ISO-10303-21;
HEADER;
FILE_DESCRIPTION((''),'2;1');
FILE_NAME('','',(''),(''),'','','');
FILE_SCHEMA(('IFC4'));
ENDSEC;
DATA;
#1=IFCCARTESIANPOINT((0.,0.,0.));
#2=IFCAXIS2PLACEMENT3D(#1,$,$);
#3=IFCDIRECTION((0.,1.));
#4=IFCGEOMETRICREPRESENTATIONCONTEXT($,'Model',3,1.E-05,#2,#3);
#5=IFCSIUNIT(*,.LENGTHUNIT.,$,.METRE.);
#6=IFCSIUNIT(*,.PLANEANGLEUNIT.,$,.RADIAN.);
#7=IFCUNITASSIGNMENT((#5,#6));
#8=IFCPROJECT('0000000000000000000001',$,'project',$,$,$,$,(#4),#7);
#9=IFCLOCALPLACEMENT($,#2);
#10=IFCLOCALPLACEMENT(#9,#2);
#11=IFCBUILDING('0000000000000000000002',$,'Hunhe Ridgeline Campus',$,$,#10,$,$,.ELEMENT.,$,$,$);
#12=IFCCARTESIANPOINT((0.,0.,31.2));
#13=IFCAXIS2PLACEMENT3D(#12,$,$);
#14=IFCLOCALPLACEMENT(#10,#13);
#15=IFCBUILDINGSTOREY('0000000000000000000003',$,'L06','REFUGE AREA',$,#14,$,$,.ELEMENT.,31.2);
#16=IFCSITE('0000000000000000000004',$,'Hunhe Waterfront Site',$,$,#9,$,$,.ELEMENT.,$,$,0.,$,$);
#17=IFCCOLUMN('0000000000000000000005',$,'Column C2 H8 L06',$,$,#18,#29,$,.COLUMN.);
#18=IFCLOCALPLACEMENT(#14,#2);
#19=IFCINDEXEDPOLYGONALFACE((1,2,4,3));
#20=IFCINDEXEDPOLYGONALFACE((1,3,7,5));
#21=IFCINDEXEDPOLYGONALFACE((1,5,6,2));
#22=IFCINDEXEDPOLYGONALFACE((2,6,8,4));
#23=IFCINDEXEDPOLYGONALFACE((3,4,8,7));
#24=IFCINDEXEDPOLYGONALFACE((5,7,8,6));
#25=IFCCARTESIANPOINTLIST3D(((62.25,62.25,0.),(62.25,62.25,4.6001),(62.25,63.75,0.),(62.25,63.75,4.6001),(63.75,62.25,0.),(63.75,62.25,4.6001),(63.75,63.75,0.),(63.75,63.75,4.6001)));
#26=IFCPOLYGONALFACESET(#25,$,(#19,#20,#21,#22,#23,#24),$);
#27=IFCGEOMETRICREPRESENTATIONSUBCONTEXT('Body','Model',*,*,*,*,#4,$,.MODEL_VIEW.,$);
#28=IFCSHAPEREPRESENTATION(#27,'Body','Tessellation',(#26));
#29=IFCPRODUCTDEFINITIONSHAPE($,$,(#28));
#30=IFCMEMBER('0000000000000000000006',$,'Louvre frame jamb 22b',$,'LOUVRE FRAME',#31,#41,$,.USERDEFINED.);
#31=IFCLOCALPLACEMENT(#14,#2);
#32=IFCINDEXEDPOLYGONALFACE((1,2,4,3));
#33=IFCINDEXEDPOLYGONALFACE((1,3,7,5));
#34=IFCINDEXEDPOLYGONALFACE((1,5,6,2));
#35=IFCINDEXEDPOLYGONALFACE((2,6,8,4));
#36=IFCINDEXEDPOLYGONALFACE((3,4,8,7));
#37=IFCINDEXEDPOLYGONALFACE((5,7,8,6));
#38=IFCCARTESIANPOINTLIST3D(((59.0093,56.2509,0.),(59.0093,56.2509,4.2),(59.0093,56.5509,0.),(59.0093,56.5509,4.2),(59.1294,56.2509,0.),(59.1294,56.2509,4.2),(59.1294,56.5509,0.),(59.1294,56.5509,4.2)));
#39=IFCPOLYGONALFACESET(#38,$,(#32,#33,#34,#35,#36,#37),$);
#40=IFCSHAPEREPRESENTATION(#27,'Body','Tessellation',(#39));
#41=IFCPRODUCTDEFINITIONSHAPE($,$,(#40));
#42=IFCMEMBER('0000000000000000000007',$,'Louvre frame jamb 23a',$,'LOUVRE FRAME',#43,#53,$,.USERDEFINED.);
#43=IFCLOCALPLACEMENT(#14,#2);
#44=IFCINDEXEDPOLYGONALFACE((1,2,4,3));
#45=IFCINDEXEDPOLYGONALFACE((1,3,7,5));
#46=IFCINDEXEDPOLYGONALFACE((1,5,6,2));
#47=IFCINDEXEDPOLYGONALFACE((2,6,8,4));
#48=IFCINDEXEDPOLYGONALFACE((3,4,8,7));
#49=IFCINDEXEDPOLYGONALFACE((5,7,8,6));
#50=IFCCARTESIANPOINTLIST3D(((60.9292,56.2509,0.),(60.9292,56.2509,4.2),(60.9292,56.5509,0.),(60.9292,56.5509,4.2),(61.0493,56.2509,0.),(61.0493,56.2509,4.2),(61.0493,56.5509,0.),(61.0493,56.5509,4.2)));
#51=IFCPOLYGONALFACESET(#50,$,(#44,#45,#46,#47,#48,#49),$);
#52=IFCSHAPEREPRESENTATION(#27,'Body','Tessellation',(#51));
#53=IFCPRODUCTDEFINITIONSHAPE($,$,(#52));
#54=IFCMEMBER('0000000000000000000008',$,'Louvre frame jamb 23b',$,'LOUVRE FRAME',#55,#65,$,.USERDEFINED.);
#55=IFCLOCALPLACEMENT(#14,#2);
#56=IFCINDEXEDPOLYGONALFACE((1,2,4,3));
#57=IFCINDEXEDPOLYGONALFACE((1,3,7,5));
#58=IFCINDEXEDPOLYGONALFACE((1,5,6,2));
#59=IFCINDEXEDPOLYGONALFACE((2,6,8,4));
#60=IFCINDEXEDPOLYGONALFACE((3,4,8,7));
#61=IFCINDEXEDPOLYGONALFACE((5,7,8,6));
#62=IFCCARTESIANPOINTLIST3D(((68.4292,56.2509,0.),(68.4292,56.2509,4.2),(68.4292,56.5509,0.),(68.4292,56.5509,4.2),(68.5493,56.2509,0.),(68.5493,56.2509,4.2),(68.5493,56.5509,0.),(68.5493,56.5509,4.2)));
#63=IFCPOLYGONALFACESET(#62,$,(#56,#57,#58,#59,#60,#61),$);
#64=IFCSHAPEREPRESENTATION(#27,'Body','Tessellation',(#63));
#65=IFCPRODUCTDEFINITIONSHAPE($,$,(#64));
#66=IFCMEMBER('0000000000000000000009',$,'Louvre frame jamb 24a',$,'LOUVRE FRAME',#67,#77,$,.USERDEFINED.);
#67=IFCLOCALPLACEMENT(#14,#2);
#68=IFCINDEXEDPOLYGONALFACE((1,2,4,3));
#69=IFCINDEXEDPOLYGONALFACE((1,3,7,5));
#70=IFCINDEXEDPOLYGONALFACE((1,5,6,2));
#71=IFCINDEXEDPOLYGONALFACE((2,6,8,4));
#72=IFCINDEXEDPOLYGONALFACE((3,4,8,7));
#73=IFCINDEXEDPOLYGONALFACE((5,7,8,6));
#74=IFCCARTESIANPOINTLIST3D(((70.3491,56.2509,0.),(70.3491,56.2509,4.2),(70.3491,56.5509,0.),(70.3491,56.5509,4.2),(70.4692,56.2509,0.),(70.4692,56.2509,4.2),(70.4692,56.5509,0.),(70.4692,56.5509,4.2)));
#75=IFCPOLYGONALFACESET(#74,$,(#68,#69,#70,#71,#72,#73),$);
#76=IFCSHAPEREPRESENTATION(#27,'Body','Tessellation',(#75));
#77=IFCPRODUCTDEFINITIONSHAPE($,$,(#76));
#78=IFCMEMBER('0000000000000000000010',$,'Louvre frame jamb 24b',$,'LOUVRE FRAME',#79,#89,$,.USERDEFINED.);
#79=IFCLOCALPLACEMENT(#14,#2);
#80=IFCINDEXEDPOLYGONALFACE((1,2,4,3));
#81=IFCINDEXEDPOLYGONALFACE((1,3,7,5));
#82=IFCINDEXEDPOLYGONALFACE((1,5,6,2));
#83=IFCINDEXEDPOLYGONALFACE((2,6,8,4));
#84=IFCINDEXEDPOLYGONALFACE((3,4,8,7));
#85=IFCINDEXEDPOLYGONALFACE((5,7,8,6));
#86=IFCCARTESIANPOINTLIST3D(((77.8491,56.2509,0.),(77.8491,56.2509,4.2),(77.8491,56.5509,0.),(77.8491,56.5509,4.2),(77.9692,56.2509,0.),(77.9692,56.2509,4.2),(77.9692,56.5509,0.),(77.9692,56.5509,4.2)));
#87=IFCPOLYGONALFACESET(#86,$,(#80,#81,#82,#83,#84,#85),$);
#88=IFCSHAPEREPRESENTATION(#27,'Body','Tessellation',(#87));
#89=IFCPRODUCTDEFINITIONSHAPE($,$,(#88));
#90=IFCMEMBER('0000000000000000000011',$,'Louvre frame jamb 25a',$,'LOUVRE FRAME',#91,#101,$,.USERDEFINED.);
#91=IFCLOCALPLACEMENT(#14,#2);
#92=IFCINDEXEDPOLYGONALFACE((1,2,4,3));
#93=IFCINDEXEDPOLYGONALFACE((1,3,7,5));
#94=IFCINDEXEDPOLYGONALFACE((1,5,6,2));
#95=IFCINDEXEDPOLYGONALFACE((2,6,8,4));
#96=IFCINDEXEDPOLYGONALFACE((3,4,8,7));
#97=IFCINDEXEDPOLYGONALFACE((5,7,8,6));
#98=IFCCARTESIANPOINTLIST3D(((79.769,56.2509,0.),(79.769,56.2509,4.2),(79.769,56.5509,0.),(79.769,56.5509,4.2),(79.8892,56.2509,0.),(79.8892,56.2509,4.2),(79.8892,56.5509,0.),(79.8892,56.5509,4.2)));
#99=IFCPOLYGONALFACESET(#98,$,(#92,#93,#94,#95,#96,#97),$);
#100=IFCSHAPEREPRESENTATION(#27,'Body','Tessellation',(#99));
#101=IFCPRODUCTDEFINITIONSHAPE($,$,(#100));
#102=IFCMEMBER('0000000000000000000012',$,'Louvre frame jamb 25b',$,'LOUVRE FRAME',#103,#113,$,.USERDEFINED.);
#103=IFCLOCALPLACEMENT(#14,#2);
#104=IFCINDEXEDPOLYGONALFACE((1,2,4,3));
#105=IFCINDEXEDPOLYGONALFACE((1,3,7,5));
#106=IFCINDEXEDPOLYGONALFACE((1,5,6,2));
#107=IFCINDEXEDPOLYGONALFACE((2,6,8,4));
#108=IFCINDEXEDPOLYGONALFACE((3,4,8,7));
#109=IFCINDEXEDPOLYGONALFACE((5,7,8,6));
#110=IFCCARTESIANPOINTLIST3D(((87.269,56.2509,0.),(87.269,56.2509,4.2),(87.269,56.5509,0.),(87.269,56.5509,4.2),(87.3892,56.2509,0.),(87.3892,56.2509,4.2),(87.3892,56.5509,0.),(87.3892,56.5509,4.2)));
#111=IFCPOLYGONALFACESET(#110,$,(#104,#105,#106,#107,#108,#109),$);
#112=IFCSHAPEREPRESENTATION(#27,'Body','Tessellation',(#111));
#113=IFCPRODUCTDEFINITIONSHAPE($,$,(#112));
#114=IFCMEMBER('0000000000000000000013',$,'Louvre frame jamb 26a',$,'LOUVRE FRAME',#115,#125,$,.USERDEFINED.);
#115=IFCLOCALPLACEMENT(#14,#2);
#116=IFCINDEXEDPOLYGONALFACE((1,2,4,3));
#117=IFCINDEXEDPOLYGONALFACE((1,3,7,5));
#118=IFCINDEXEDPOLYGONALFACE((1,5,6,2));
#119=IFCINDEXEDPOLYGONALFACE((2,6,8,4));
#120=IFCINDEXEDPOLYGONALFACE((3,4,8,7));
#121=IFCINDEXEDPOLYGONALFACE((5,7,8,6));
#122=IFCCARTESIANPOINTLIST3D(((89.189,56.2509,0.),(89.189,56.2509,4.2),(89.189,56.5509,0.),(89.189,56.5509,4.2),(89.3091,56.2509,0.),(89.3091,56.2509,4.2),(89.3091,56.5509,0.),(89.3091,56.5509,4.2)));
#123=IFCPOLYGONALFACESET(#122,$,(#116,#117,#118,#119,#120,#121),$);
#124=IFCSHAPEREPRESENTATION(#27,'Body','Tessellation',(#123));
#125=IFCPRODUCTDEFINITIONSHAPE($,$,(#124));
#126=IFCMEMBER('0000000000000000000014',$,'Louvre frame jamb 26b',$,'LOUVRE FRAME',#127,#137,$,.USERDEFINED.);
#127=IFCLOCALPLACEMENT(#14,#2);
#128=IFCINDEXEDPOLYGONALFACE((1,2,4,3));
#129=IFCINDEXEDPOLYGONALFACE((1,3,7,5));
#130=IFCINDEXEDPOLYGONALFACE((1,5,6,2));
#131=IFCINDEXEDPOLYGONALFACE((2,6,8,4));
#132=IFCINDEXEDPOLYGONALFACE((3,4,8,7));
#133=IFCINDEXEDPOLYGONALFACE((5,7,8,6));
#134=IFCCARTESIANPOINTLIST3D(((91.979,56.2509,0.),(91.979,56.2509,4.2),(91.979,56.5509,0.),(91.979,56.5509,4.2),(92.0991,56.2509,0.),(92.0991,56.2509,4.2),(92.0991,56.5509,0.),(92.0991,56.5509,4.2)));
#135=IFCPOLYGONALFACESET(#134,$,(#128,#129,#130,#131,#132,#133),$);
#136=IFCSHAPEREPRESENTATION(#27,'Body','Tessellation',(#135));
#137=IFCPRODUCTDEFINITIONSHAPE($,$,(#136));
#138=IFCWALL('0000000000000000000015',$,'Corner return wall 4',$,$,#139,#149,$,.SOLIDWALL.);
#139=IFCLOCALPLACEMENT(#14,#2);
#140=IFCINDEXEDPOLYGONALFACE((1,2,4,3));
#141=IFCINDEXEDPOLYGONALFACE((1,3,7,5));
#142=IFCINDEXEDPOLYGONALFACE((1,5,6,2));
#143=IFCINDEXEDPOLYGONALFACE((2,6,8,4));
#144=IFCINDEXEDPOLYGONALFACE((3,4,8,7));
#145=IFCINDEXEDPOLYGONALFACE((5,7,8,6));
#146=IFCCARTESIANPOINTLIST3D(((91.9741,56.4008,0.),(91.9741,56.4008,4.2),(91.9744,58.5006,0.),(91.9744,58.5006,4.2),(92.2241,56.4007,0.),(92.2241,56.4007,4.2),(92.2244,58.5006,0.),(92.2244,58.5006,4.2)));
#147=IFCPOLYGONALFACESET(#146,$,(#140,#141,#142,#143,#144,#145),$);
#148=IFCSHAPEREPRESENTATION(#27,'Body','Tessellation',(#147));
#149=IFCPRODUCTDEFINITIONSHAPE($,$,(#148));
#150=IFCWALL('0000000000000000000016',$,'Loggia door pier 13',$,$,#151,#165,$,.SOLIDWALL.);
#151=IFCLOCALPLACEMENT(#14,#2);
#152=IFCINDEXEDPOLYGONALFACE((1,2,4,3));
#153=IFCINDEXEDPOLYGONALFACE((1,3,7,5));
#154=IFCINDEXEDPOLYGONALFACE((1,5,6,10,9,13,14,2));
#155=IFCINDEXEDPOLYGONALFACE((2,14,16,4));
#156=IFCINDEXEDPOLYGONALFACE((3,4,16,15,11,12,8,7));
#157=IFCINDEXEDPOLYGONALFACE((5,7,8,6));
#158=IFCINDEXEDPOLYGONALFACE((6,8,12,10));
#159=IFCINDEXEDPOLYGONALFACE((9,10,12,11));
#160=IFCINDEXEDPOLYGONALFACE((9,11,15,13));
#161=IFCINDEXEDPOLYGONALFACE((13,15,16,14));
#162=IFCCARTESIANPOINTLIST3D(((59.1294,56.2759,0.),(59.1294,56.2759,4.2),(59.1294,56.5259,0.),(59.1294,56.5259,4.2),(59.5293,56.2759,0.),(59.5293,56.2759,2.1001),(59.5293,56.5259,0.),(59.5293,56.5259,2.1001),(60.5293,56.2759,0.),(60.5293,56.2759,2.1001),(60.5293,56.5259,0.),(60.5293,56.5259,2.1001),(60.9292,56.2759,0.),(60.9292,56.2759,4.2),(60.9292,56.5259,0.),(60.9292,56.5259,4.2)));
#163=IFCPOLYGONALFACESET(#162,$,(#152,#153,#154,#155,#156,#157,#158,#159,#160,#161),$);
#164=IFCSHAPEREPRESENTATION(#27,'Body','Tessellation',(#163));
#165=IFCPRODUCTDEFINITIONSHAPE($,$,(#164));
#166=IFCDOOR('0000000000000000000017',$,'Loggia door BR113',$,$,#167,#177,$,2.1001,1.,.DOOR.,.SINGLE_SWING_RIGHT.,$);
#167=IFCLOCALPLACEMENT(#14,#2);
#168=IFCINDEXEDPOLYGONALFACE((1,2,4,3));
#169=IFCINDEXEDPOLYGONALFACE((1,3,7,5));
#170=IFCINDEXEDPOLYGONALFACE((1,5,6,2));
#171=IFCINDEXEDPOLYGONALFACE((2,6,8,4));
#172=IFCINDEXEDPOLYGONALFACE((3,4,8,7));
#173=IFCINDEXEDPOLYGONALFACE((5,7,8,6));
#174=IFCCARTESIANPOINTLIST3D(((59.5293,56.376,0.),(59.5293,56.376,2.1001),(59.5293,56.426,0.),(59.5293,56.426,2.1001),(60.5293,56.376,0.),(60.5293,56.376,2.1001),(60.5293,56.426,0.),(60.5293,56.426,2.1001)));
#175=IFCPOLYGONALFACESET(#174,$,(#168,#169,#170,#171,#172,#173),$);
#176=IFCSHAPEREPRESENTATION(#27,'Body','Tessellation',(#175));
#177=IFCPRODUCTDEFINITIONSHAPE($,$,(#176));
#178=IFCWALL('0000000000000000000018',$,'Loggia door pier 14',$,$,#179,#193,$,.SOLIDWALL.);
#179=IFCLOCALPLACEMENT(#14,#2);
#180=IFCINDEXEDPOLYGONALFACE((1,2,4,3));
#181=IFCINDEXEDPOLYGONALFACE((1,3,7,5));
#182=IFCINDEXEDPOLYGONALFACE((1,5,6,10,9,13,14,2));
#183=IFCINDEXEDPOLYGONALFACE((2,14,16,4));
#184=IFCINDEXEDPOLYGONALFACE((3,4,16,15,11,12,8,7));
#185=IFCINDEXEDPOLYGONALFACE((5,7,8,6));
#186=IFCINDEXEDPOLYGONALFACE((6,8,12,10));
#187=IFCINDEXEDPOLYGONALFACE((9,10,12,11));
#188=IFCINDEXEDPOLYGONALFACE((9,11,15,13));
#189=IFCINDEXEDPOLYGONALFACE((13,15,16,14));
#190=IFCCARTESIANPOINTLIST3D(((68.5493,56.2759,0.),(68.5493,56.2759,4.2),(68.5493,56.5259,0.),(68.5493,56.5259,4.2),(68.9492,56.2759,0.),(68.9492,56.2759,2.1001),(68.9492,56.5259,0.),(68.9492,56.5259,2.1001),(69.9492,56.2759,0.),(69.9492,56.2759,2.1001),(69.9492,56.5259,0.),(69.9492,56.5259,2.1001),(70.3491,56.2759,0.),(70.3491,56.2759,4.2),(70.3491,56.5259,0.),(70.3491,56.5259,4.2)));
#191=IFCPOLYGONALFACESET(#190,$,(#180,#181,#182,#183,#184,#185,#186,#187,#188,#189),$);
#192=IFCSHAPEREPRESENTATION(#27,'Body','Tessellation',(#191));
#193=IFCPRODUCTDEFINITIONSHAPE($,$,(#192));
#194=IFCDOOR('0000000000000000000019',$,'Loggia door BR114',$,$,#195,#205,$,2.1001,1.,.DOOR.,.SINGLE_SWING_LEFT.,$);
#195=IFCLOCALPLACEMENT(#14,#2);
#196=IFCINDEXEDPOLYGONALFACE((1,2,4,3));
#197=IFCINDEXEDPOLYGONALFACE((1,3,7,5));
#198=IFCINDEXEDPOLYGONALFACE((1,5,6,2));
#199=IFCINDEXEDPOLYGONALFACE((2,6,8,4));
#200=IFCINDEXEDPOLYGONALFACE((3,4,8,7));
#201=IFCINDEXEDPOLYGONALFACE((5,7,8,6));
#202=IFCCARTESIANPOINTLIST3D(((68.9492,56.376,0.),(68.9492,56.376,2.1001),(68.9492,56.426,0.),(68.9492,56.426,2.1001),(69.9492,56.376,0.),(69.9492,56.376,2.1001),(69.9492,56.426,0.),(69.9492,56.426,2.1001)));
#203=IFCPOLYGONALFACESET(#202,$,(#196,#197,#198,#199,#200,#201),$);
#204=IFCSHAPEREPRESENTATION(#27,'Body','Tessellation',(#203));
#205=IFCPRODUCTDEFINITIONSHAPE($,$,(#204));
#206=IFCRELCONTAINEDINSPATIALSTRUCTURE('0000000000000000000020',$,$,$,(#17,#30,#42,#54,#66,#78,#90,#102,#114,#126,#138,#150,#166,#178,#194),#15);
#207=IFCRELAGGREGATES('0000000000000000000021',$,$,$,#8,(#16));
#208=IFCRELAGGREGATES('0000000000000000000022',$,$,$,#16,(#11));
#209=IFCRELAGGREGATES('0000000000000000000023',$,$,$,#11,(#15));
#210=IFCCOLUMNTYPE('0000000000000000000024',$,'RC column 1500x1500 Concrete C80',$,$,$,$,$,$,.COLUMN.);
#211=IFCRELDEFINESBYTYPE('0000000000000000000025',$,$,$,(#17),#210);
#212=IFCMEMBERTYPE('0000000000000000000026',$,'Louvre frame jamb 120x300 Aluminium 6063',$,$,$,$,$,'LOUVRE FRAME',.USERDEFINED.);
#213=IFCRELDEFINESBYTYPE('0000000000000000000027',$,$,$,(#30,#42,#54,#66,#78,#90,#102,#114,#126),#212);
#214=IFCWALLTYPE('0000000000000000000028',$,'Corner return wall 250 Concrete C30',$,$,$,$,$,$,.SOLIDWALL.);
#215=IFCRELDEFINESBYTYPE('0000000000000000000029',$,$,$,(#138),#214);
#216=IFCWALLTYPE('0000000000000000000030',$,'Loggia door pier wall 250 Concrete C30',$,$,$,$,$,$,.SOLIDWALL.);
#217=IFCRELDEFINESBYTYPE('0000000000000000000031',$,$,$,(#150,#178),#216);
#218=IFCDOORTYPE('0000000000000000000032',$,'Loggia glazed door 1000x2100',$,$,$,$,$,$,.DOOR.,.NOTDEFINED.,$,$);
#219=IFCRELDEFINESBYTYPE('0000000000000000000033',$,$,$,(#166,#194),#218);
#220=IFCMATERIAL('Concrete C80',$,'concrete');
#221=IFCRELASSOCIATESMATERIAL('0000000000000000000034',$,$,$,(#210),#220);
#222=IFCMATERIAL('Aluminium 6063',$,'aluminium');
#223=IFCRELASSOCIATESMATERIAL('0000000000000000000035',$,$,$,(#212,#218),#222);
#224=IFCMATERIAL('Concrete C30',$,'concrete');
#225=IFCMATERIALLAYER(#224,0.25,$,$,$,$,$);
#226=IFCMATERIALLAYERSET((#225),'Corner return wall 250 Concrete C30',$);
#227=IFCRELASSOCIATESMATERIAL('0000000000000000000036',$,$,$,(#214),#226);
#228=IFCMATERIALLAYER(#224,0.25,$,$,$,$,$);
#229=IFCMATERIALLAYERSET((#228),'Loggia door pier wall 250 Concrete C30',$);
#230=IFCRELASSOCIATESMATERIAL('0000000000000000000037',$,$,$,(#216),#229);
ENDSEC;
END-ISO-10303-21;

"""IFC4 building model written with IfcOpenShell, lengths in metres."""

from ifc_helpers import new_model, si_unit, direction, frame, frame_2d, origin, origin_2d, place, context, subcontext, project, spatial, rectangle, extrude, material, layer, layer_set, material_profile, profile_set, type_object, element, fill, save


model = new_model("IFC4")

# Units and contexts
model_context = context("Model", 3, precision=1e-05, world=origin(), true_north=direction((0.0, 1.0)))
body_context = subcontext(model_context, "Body", "Model", "MODEL_VIEW")
ifc_project = project(units=[si_unit("LENGTHUNIT", "METRE"), si_unit("PLANEANGLEUNIT", "RADIAN")], contexts=[model_context])

# Site, building, storey
site_placement = place(None, origin())
site = spatial("IfcSite", under=ifc_project, at=site_placement, Name="Hunhe Waterfront Site", CompositionType="ELEMENT", RefElevation=0.0)
building_placement = place(site_placement, origin())
building = spatial("IfcBuilding", under=site, at=building_placement, Name="Hunhe Ridgeline Campus", CompositionType="ELEMENT")
storey_placement = place(building_placement, frame((0.0, 0.0, 31.2)))
storey = spatial("IfcBuildingStorey", under=building, at=storey_placement, Name="L06", Description="REFUGE AREA", CompositionType="ELEMENT", Elevation=31.2)

# Column
ifc_material_1 = material(Name="Concrete C80", Category="concrete")
ifc_material_profile_1 = material_profile(ifc_material_1, rectangle(XDim=1.5, YDim=1.5, at=origin_2d()))
ifc_profile_set_1 = profile_set([ifc_material_profile_1], Name="Concrete C80")
column_type = type_object("IfcColumnType", Name="RC column 1500x1500 Concrete C80", PredefinedType="COLUMN", material=ifc_profile_set_1)
column_placement = place(storey_placement, frame((63.0, 63.0, 0.0), z_axis=(0.0, 0.0, 1.0), x_axis=(1.0, 0.0, 0.0)))
element("IfcColumn", 1, at=column_placement, inside=storey, type_object=column_type, Name="Column C2 H8 L06", PredefinedType="COLUMN", context=body_context, shape_type="SweptSolid", body=[
    extrude(rectangle(XDim=1.5, YDim=1.5, at=origin_2d()), origin(), (0.0, 0.0, 1.0), 4.6001),
])

# Members
ifc_material_2 = material(Name="Aluminium 6063", Category="aluminium")
ifc_material_profile_2 = material_profile(ifc_material_2, rectangle(XDim=0.3, YDim=0.1201, at=origin_2d()))
ifc_profile_set_2 = profile_set([ifc_material_profile_2], Name="Aluminium 6063")
member_type = type_object("IfcMemberType", Name="Louvre frame jamb 120x300 Aluminium 6063", ElementType="LOUVRE FRAME", PredefinedType="USERDEFINED", material=ifc_profile_set_2)
for number, where, z_axis, x_axis, name in (
    (2, (59.0693, 56.4009, 0.0), (0.0, 0.0, 1.0), (-0.000004, 1.0, 0.0), "Louvre frame jamb 22b"),
    (3, (60.9893, 56.4009, 0.0), (0.0, 0.0, 1.0), (-0.000004, 1.0, 0.0), "Louvre frame jamb 23a"),
    (4, (68.4893, 56.4009, 0.0), (0.0, 0.0, 1.0), (-0.000004, 1.0, 0.0), "Louvre frame jamb 23b"),
    (5, (70.4092, 56.4009, 0.0), (0.0, 0.0, 1.0), (-0.000004, 1.0, 0.0), "Louvre frame jamb 24a"),
    (6, (77.9092, 56.4009, 0.0), (0.0, 0.0, 1.0), (-0.000004, 1.0, 0.0), "Louvre frame jamb 24b"),
    (7, (79.8291, 56.4009, 0.0), (0.0, 0.0, 1.0), (-0.000004, 1.0, 0.0), "Louvre frame jamb 25a"),
    (8, (87.3291, 56.4009, 0.0), (0.0, 0.0, 1.0), (-0.000004, 1.0, 0.0), "Louvre frame jamb 25b"),
    (9, (89.249, 56.4009, 0.0), (0.0, 0.0, 1.0), (-0.000003, 1.0, 0.0), "Louvre frame jamb 26a"),
    (10, (92.0391, 56.4009, 0.0), (0.0, 0.0, 1.0), (-0.000003, 1.0, 0.0), "Louvre frame jamb 26b"),
):
    element("IfcMember", number, at=place(storey_placement, frame(where, z_axis=z_axis, x_axis=x_axis)), inside=storey, type_object=member_type, Name=name, ObjectType="LOUVRE FRAME", PredefinedType="USERDEFINED", context=body_context, shape_type="SweptSolid", body=[
        extrude(rectangle(XDim=0.3, YDim=0.1201, at=origin_2d()), origin(), (0.0, 0.0, 1.0), 4.2),
    ])

# Wall
ifc_material_3 = material(Name="Concrete C30", Category="concrete")
ifc_layer_1 = layer(ifc_material_3, 0.25)
ifc_layer_set_1 = layer_set([ifc_layer_1], Name="Corner return wall 250 Concrete C30")
wall_type_1 = type_object("IfcWallType", Name="Corner return wall 250 Concrete C30", PredefinedType="SOLIDWALL", material=ifc_layer_set_1)
wall_1_placement = place(storey_placement, frame((92.0991, 56.4009, 0.0), z_axis=(0.0, 0.0, 1.0), x_axis=(0.000116, 1.0, 0.0)))
element("IfcWall", 11, at=wall_1_placement, inside=storey, type_object=wall_type_1, Name="Corner return wall 4", PredefinedType="SOLIDWALL", context=body_context, shape_type="SweptSolid", body=[
    extrude(rectangle(XDim=2.0999, YDim=0.25, at=frame_2d((1.0498, 0.0))), origin(), (0.0, 0.0, 1.0), 4.2),
])

# Walls, openings, doors
ifc_layer_2 = layer(ifc_material_3, 0.25)
ifc_layer_set_2 = layer_set([ifc_layer_2], Name="Loggia door pier wall 250 Concrete C30")
wall_type_2 = type_object("IfcWallType", Name="Loggia door pier wall 250 Concrete C30", PredefinedType="SOLIDWALL", material=ifc_layer_set_2)
wall_2_placement = place(storey_placement, frame((59.1294, 56.4009, 0.0), z_axis=(0.0, 0.0, 1.0), x_axis=(1.0, 0.0, 0.0)))
wall_2 = element("IfcWall", 12, at=wall_2_placement, inside=storey, type_object=wall_type_2, Name="Loggia door pier 13", PredefinedType="SOLIDWALL", context=body_context, shape_type="SweptSolid", body=[
    extrude(rectangle(XDim=1.7998, YDim=0.25, at=frame_2d((0.8999, 0.0))), origin(), (0.0, 0.0, 1.0), 4.2),
])
opening_1_placement = place(wall_2_placement, frame((0.3999, 0.0, 0.0)))
opening_1 = element("IfcOpeningElement", 13, at=opening_1_placement, cuts=wall_2, PredefinedType="OPENING", context=body_context, shape_type="SweptSolid", body=[
    extrude(rectangle(XDim=1.0, YDim=2.1001, at=frame_2d((0.5, 1.05))), frame((0.0, 0.125, 0.0), z_axis=(0.0, -1.0, 0.0), x_axis=(1.0, 0.0, 0.0)), (0.0, 0.0, 1.0), 0.25),
])
door_type = type_object("IfcDoorType", Name="Loggia glazed door 1000x2100", OperationType="NOTDEFINED", PredefinedType="DOOR", material=ifc_material_2)
door_1_placement = place(opening_1_placement, frame((1.0, 0.0, 0.0), z_axis=(0.0, 0.0, 1.0), x_axis=(-1.0, 0.0, 0.0)))
door_1 = element("IfcDoor", 14, at=door_1_placement, inside=storey, type_object=door_type, Name="Loggia door BR113", OperationType="SINGLE_SWING_RIGHT", OverallHeight=2.1001, OverallWidth=1.0, PredefinedType="DOOR", context=body_context, shape_type="SweptSolid", body=[
    extrude(rectangle(XDim=1.0, YDim=2.1001, at=frame_2d((0.5, 1.05))), frame((0.0, 0.0249, 0.0), z_axis=(0.0, -1.0, 0.0), x_axis=(1.0, 0.0, 0.0)), (0.0, 0.0, 1.0), 0.05),
])
fill(opening_1, door_1)
wall_3_placement = place(storey_placement, frame((68.5493, 56.4009, 0.0), z_axis=(0.0, 0.0, 1.0), x_axis=(1.0, 0.0, 0.0)))
wall_3 = element("IfcWall", 15, at=wall_3_placement, inside=storey, type_object=wall_type_2, Name="Loggia door pier 14", PredefinedType="SOLIDWALL", context=body_context, shape_type="SweptSolid", body=[
    extrude(rectangle(XDim=1.7998, YDim=0.25, at=frame_2d((0.8999, 0.0))), origin(), (0.0, 0.0, 1.0), 4.2),
])
opening_2_placement = place(wall_3_placement, frame((0.3999, 0.0, 0.0)))
opening_2 = element("IfcOpeningElement", 16, at=opening_2_placement, cuts=wall_3, PredefinedType="OPENING", context=body_context, shape_type="SweptSolid", body=[
    extrude(rectangle(XDim=1.0, YDim=2.1001, at=frame_2d((0.5, 1.05))), frame((0.0, 0.125, 0.0), z_axis=(0.0, -1.0, 0.0), x_axis=(1.0, 0.0, 0.0)), (0.0, 0.0, 1.0), 0.25),
])
door_2_placement = place(opening_2_placement, frame((1.0, 0.0, 0.0), z_axis=(0.0, 0.0, 1.0), x_axis=(-1.0, 0.0, 0.0)))
door_2 = element("IfcDoor", 17, at=door_2_placement, inside=storey, type_object=door_type, Name="Loggia door BR114", OperationType="SINGLE_SWING_LEFT", OverallHeight=2.1001, OverallWidth=1.0, PredefinedType="DOOR", context=body_context, shape_type="SweptSolid", body=[
    extrude(rectangle(XDim=1.0, YDim=2.1001, at=frame_2d((0.5, 1.05))), frame((0.0, 0.0249, 0.0), z_axis=(0.0, -1.0, 0.0), x_axis=(1.0, 0.0, 0.0)), (0.0, 0.0, 1.0), 0.05),
])
fill(opening_2, door_2)

save(model, "model.ifc")
